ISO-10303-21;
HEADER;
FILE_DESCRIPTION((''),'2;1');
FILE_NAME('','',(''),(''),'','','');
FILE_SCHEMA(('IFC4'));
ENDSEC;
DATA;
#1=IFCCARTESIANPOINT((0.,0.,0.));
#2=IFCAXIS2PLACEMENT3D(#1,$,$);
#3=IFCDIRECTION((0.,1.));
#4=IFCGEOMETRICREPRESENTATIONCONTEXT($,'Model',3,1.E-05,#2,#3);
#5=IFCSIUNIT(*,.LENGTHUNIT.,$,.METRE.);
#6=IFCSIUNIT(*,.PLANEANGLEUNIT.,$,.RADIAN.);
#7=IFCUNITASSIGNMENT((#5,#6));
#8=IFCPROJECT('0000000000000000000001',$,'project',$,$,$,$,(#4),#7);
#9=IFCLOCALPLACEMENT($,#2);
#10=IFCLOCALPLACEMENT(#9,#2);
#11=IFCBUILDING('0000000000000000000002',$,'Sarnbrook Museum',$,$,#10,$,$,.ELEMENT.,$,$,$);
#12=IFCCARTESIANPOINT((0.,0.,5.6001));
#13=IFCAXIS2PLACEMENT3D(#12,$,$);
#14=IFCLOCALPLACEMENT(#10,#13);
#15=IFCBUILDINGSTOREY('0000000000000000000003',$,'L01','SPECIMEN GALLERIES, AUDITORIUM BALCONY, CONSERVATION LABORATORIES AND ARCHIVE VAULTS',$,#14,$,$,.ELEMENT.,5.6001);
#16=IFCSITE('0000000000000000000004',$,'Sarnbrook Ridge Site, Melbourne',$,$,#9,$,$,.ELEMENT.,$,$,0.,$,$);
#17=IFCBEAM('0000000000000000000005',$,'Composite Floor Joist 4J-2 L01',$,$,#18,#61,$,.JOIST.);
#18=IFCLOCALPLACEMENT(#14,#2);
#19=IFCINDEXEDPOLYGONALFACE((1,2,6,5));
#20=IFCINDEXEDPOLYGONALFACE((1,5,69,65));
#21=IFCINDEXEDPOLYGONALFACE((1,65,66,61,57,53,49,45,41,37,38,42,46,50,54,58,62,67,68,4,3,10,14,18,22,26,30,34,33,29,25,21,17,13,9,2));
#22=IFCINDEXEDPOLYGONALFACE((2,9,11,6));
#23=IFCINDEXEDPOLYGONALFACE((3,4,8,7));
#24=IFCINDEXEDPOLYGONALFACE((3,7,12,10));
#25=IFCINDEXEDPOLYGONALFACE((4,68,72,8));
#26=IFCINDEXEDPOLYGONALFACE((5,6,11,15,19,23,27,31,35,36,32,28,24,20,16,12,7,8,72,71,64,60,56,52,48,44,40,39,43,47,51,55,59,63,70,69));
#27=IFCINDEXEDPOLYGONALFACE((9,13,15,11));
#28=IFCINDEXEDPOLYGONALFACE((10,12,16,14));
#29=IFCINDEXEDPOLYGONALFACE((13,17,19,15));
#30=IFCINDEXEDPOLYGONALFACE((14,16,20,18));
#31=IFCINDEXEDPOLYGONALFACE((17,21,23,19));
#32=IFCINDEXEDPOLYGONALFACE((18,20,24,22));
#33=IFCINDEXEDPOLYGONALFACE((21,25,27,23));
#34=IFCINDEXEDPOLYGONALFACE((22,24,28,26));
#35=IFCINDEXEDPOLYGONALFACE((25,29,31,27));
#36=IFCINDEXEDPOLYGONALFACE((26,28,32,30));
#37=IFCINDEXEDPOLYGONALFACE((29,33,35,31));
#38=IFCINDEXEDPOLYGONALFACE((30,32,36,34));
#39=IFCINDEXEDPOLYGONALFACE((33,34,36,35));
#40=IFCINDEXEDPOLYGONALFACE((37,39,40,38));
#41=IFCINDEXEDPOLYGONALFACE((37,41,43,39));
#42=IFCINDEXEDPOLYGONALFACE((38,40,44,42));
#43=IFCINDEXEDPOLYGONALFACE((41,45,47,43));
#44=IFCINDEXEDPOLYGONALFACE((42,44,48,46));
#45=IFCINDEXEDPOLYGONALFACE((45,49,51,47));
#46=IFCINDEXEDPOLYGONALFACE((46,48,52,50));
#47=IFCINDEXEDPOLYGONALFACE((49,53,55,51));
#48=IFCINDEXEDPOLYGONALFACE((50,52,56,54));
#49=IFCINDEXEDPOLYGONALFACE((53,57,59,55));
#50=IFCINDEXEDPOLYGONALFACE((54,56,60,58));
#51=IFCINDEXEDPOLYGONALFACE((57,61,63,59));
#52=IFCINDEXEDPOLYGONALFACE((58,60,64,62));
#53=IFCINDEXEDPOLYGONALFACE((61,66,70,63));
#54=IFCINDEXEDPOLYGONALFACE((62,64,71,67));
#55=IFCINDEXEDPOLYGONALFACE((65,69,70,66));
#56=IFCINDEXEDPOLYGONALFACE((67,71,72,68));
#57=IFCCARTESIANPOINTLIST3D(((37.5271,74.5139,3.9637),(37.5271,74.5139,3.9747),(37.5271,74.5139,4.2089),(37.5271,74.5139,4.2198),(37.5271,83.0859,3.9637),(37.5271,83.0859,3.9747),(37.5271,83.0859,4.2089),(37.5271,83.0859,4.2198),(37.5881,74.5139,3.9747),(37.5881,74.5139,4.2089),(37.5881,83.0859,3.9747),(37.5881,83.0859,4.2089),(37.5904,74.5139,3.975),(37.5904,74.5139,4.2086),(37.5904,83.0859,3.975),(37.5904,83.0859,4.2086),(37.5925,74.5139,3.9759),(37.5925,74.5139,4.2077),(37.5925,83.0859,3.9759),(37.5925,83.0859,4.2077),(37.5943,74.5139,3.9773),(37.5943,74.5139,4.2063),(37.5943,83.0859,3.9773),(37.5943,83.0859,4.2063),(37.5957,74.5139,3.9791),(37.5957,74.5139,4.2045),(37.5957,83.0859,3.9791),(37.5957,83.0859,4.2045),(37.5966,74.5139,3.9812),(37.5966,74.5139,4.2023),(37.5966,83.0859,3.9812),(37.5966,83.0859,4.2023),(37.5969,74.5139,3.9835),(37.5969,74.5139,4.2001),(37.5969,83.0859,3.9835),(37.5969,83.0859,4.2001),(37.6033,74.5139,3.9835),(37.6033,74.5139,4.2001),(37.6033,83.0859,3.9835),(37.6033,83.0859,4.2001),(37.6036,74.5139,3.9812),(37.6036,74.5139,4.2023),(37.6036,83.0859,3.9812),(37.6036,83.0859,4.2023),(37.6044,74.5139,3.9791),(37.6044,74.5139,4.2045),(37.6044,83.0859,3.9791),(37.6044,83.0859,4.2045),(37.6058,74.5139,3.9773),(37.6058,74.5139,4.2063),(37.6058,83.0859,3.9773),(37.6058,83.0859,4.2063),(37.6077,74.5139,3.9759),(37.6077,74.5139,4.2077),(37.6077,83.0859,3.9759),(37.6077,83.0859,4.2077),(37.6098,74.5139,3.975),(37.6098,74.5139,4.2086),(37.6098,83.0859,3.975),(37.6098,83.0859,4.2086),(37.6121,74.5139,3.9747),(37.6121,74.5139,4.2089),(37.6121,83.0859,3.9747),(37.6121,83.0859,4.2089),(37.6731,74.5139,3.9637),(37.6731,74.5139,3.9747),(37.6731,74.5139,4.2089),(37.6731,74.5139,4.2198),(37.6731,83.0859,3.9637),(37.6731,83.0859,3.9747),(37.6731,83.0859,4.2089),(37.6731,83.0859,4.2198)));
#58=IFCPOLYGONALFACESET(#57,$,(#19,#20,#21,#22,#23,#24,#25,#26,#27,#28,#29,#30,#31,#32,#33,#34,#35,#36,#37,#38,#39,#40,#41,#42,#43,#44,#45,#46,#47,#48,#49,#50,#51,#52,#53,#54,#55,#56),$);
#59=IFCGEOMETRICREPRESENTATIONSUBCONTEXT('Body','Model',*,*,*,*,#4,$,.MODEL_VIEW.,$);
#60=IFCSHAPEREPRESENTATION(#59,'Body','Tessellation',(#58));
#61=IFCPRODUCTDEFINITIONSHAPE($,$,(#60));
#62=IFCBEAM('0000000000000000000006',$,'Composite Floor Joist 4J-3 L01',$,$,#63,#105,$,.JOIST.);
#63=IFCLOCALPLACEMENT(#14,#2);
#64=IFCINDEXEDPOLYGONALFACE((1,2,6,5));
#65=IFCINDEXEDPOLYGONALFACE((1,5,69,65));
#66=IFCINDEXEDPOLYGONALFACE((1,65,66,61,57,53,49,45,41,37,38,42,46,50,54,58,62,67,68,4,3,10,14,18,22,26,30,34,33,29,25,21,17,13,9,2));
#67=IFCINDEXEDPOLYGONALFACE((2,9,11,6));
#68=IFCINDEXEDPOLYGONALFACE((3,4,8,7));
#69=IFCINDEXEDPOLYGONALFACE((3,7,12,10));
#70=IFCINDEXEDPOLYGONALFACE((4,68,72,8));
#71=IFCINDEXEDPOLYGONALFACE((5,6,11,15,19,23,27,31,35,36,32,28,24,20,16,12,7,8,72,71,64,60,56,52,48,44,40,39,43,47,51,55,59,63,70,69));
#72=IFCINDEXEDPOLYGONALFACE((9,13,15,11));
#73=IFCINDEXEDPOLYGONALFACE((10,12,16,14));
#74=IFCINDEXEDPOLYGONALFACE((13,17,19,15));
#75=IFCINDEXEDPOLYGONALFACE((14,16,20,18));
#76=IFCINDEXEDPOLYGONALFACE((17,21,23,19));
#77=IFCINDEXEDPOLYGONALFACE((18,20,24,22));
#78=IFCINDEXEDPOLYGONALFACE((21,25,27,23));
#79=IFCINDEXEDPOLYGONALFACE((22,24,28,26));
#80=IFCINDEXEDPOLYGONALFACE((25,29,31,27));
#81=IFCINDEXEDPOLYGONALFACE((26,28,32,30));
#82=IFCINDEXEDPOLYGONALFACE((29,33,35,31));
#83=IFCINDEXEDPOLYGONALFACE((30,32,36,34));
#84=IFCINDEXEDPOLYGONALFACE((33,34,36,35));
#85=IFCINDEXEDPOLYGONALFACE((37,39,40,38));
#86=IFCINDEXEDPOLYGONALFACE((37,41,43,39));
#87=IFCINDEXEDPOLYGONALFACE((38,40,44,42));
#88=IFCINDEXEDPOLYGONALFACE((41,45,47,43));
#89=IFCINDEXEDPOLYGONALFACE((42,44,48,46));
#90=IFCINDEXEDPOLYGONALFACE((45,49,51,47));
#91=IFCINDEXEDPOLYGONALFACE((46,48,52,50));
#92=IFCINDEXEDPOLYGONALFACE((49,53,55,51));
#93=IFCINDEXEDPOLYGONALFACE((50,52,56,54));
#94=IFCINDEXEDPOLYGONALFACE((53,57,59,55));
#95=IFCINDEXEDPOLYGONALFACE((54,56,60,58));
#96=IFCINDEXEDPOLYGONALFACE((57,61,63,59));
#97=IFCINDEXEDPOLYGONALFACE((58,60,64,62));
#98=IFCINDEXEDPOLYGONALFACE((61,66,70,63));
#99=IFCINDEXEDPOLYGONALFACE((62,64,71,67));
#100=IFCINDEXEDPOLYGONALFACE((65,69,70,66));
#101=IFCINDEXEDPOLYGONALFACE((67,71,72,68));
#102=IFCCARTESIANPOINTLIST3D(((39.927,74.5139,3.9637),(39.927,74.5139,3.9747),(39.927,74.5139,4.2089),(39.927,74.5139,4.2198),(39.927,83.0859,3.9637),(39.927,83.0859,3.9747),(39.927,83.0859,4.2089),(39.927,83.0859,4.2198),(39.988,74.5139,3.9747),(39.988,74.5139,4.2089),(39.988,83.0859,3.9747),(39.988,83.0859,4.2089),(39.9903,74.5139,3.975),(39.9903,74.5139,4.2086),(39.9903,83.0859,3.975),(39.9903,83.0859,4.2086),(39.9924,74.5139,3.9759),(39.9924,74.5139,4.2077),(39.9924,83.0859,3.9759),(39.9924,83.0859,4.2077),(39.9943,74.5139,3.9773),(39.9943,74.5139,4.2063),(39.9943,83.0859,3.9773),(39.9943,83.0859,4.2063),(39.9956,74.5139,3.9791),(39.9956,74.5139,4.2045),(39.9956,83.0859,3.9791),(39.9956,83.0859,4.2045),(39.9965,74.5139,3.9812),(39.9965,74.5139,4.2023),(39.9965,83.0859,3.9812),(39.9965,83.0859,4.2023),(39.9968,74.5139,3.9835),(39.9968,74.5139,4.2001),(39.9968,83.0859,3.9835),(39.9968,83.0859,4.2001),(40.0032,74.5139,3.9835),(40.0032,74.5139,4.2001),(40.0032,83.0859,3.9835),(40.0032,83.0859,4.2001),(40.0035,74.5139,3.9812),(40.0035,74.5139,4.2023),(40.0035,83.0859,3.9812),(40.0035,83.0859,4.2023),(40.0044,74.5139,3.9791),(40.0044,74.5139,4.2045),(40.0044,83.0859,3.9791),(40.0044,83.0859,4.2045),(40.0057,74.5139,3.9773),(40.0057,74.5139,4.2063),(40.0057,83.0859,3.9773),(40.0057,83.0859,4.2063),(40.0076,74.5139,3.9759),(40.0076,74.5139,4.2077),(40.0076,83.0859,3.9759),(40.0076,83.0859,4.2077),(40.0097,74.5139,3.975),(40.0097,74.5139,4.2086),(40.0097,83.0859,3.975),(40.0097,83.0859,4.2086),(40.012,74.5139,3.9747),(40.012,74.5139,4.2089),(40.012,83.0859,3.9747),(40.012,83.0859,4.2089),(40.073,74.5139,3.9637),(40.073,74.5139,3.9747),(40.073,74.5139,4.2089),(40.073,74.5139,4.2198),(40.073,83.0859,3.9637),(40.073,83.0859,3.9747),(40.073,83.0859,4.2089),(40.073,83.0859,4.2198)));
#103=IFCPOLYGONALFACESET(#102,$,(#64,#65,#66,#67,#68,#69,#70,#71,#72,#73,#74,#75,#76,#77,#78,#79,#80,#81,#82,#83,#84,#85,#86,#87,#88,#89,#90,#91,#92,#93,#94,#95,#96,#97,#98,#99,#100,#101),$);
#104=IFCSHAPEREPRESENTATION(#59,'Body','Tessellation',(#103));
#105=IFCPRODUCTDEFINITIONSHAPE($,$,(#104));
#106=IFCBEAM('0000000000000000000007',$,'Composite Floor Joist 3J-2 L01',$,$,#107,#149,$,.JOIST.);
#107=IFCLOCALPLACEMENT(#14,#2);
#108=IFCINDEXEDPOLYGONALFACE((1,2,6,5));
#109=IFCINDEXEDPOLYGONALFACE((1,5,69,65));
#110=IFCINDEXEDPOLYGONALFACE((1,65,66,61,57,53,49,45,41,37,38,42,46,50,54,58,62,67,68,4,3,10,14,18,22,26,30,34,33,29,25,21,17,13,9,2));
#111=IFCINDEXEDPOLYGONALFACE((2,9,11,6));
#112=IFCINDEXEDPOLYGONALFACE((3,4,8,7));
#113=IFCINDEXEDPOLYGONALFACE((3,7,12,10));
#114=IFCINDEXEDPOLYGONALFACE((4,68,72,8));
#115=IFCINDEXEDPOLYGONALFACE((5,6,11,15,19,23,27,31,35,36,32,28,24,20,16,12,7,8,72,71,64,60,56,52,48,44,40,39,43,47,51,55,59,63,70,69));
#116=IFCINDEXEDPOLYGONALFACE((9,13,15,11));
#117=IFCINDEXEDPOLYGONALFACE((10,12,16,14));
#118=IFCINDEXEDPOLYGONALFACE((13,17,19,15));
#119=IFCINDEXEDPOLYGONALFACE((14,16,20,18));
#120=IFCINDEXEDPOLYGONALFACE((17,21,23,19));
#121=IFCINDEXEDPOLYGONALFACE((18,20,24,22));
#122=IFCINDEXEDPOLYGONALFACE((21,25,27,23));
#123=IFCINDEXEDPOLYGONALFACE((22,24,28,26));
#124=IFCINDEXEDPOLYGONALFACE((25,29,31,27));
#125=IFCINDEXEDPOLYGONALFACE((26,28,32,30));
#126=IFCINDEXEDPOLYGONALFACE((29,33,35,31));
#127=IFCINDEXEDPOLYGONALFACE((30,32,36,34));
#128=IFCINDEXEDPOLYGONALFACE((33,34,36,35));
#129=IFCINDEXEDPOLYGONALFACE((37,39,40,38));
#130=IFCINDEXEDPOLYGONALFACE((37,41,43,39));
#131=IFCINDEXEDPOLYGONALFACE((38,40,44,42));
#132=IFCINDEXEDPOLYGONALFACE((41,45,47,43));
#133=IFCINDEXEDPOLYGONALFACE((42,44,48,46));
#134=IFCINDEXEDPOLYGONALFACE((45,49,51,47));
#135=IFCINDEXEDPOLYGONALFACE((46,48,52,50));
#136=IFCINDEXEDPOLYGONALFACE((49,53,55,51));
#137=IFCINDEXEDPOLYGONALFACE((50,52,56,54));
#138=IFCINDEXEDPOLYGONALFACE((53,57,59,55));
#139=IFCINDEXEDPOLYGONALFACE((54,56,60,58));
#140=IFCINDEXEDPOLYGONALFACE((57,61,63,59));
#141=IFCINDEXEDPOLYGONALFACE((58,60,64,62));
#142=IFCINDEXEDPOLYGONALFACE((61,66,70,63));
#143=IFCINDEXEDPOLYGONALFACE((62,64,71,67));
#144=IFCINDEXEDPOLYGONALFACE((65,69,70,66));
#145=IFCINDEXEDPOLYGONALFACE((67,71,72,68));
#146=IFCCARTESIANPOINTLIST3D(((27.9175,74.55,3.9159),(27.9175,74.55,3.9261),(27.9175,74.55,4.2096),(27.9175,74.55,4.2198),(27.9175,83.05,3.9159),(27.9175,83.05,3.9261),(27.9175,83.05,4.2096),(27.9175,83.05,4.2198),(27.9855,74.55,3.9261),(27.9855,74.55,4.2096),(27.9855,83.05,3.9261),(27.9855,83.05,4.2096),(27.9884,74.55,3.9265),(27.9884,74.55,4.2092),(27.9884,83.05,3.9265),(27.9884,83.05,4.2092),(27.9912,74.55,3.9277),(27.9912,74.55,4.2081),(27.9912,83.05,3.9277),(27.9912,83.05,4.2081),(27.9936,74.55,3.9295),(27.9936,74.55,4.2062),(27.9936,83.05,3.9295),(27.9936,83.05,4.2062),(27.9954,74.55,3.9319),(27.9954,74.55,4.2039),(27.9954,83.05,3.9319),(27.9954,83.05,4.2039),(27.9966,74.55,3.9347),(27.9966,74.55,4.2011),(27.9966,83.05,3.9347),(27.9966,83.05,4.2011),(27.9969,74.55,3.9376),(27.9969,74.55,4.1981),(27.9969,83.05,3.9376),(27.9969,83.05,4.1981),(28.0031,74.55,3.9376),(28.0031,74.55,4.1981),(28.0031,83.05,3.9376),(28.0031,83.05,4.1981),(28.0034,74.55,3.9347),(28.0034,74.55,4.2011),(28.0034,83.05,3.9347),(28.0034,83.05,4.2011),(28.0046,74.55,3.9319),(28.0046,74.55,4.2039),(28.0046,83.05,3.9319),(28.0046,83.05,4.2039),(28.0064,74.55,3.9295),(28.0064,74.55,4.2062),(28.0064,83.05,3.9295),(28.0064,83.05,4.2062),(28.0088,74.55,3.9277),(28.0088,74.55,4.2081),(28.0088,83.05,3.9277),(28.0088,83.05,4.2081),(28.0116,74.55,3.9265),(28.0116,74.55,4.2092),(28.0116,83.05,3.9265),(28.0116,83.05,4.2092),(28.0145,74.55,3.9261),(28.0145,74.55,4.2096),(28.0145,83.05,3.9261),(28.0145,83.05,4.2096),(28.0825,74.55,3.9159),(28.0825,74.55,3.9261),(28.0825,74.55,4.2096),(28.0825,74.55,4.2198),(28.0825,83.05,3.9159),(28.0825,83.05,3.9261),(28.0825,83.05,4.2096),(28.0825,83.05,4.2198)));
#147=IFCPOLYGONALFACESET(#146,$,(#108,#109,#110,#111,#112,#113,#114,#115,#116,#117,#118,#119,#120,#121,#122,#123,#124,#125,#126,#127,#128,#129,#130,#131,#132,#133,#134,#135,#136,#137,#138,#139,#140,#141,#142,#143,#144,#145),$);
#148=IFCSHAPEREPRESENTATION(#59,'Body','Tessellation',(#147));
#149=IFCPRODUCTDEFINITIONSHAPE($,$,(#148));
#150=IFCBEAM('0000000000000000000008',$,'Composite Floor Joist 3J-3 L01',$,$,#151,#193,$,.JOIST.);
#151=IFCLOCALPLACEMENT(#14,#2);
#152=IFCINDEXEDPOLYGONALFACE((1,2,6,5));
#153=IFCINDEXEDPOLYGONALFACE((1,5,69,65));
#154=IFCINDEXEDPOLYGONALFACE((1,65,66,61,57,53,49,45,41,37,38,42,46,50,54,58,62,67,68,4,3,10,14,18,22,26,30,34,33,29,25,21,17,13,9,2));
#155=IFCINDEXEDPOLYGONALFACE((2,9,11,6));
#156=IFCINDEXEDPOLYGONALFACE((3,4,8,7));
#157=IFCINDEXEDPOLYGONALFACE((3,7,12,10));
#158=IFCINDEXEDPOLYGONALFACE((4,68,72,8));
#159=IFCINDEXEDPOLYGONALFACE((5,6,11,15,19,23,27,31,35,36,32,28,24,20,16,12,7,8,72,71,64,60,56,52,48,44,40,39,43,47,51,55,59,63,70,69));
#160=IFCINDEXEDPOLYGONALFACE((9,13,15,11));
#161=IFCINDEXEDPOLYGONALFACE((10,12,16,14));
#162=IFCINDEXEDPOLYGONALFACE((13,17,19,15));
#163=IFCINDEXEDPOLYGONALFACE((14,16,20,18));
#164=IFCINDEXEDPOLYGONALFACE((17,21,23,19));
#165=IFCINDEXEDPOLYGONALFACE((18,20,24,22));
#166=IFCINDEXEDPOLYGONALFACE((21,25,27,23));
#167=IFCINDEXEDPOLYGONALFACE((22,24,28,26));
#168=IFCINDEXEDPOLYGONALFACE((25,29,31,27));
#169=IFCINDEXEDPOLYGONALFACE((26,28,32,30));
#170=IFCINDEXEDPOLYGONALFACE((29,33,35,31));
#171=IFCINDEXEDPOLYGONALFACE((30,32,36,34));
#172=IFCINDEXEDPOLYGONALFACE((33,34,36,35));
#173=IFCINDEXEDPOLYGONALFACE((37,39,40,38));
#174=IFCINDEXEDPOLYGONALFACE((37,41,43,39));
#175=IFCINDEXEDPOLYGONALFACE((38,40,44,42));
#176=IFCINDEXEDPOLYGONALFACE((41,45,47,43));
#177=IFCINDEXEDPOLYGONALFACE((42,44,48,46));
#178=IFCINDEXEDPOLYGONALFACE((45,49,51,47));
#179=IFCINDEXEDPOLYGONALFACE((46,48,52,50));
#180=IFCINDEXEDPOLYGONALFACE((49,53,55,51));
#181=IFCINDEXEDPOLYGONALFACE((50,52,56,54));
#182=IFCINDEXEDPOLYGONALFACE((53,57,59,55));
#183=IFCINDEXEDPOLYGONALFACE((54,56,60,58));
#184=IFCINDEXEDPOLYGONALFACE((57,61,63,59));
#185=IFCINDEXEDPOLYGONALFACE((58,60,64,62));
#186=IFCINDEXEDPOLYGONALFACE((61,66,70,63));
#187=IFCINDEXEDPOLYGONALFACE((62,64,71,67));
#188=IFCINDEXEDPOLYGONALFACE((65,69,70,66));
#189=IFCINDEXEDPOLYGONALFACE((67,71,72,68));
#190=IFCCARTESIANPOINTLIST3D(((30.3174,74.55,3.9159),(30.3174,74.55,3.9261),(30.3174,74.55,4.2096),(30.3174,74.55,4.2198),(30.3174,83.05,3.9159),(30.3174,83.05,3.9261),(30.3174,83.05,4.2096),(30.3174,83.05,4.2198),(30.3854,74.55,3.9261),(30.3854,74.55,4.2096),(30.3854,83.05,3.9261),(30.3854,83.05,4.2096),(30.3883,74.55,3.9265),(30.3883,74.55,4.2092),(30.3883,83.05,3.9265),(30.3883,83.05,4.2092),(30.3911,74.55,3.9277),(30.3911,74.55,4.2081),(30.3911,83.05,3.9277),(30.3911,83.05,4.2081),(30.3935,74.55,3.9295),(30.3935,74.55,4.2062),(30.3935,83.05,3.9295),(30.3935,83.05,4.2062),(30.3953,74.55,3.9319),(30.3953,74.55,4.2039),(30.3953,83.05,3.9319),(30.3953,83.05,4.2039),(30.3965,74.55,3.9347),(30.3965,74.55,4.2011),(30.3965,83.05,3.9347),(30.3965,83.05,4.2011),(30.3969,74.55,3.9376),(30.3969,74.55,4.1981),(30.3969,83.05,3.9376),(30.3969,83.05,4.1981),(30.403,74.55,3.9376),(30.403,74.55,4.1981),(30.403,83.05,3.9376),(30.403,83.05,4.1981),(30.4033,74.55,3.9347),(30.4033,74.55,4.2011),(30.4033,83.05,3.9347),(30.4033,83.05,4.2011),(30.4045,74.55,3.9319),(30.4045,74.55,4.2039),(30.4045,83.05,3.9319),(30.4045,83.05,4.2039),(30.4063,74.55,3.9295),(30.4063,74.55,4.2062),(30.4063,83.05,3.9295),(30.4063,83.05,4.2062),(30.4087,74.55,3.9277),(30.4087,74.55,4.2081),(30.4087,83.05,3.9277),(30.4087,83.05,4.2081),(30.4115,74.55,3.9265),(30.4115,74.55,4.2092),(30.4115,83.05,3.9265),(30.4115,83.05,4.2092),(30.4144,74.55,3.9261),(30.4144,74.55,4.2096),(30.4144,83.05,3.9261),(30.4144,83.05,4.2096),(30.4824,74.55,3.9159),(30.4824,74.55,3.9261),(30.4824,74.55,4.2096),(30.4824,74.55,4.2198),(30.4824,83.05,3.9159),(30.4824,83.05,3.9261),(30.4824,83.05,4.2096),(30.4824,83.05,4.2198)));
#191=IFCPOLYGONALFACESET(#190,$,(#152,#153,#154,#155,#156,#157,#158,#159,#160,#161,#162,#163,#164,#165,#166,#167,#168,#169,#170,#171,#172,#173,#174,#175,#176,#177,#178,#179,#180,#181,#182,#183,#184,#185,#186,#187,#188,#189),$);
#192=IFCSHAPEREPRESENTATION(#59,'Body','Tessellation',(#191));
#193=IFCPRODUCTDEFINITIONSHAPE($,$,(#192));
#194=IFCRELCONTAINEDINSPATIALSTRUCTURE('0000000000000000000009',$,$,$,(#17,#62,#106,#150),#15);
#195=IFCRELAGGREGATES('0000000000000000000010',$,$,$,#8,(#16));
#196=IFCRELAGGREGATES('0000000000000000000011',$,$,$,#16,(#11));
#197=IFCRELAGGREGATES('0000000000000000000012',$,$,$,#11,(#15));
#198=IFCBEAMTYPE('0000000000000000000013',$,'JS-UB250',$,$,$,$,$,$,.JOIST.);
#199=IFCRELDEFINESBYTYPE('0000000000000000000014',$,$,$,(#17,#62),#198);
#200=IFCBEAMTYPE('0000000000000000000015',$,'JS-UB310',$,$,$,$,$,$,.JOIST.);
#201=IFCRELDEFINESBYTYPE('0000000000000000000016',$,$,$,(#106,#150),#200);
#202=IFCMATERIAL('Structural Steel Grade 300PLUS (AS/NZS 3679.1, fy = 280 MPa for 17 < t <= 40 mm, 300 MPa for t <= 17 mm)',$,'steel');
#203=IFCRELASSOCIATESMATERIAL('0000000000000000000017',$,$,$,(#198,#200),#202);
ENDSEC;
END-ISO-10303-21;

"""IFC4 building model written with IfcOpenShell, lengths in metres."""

from ifc_helpers import new_model, si_unit, direction, frame, origin, origin_2d, place, context, subcontext, project, spatial, i_section, extrude, material, material_profile, profile_set, type_object, element, save


model = new_model("IFC4")

# Units and contexts
model_context = context("Model", 3, precision=1e-05, world=origin(), true_north=direction((0.0, 1.0)))
body_context = subcontext(model_context, "Body", "Model", "MODEL_VIEW")
ifc_project = project(units=[si_unit("LENGTHUNIT", "METRE"), si_unit("PLANEANGLEUNIT", "RADIAN")], contexts=[model_context])

# Site, building, storey
site_placement = place(None, origin())
site = spatial("IfcSite", under=ifc_project, at=site_placement, Name="Sarnbrook Ridge Site, Melbourne", CompositionType="ELEMENT", RefElevation=0.0)
building_placement = place(site_placement, origin())
building = spatial("IfcBuilding", under=site, at=building_placement, Name="Sarnbrook Museum", CompositionType="ELEMENT")
storey_placement = place(building_placement, frame((0.0, 0.0, 5.6001)))
storey = spatial("IfcBuildingStorey", under=building, at=storey_placement, Name="L01", Description="SPECIMEN GALLERIES, AUDITORIUM BALCONY, CONSERVATION LABORATORIES AND ARCHIVE VAULTS", CompositionType="ELEMENT", Elevation=5.6001)

# Shared definitions
ifc_material_1 = material(Name="Structural Steel Grade 300PLUS (AS/NZS 3679.1, fy = 280 MPa for 17 < t <= 40 mm, 300 MPa for t <= 17 mm)", Category="steel")

# Beams
ifc_material_profile_1 = material_profile(ifc_material_1, i_section(OverallWidth=0.146, OverallDepth=0.2561, WebThickness=0.0063, FlangeThickness=0.011, FilletRadius=0.0088, at=origin_2d()), Name="250UB37.3")
ifc_profile_set_1 = profile_set([ifc_material_profile_1], Name="Structural Steel Grade 300PLUS (AS/NZS 3679.1, fy = 280 MPa for 17 < t <= 40 mm, 300 MPa for t <= 17 mm)")
beam_type_1 = type_object("IfcBeamType", Name="JS-UB250", PredefinedType="JOIST", material=ifc_profile_set_1)
for number, where, z_axis, x_axis, name in (
    (1, (37.6001, 74.5139, 4.0918), (0.0, 1.0, 0.0), (-1.0, 0.0, 0.0), "Composite Floor Joist 4J-2 L01"),
    (2, (40.0, 74.5139, 4.0918), (0.0, 1.0, 0.0), (-1.0, 0.0, 0.0), "Composite Floor Joist 4J-3 L01"),
):
    element("IfcBeam", number, at=place(storey_placement, frame(where, z_axis=z_axis, x_axis=x_axis)), inside=storey, type_object=beam_type_1, Name=name, PredefinedType="JOIST", context=body_context, shape_type="SweptSolid", body=[
        extrude(i_section(OverallWidth=0.146, OverallDepth=0.2561, WebThickness=0.0063, FlangeThickness=0.011, FilletRadius=0.0088, at=origin_2d()), origin(), (0.0, 0.0, 1.0), 8.572),
    ])
ifc_material_profile_2 = material_profile(ifc_material_1, i_section(OverallWidth=0.165, OverallDepth=0.304, WebThickness=0.0061, FlangeThickness=0.0103, FilletRadius=0.0115, at=origin_2d()), Name="310UB40.4")
ifc_profile_set_2 = profile_set([ifc_material_profile_2], Name="Structural Steel Grade 300PLUS (AS/NZS 3679.1, fy = 280 MPa for 17 < t <= 40 mm, 300 MPa for t <= 17 mm)")
beam_type_2 = type_object("IfcBeamType", Name="JS-UB310", PredefinedType="JOIST", material=ifc_profile_set_2)
for number, where, z_axis, x_axis, name in (
    (3, (28.0, 74.55, 4.0679), (0.0, 1.0, 0.0), (-1.0, 0.0, 0.0), "Composite Floor Joist 3J-2 L01"),
    (4, (30.3999, 74.55, 4.0679), (0.0, 1.0, 0.0), (-1.0, 0.0, 0.0), "Composite Floor Joist 3J-3 L01"),
):
    element("IfcBeam", number, at=place(storey_placement, frame(where, z_axis=z_axis, x_axis=x_axis)), inside=storey, type_object=beam_type_2, Name=name, PredefinedType="JOIST", context=body_context, shape_type="SweptSolid", body=[
        extrude(i_section(OverallWidth=0.165, OverallDepth=0.304, WebThickness=0.0061, FlangeThickness=0.0103, FilletRadius=0.0115, at=origin_2d()), origin(), (0.0, 0.0, 1.0), 8.5),
    ])

save(model, "model.ifc")
